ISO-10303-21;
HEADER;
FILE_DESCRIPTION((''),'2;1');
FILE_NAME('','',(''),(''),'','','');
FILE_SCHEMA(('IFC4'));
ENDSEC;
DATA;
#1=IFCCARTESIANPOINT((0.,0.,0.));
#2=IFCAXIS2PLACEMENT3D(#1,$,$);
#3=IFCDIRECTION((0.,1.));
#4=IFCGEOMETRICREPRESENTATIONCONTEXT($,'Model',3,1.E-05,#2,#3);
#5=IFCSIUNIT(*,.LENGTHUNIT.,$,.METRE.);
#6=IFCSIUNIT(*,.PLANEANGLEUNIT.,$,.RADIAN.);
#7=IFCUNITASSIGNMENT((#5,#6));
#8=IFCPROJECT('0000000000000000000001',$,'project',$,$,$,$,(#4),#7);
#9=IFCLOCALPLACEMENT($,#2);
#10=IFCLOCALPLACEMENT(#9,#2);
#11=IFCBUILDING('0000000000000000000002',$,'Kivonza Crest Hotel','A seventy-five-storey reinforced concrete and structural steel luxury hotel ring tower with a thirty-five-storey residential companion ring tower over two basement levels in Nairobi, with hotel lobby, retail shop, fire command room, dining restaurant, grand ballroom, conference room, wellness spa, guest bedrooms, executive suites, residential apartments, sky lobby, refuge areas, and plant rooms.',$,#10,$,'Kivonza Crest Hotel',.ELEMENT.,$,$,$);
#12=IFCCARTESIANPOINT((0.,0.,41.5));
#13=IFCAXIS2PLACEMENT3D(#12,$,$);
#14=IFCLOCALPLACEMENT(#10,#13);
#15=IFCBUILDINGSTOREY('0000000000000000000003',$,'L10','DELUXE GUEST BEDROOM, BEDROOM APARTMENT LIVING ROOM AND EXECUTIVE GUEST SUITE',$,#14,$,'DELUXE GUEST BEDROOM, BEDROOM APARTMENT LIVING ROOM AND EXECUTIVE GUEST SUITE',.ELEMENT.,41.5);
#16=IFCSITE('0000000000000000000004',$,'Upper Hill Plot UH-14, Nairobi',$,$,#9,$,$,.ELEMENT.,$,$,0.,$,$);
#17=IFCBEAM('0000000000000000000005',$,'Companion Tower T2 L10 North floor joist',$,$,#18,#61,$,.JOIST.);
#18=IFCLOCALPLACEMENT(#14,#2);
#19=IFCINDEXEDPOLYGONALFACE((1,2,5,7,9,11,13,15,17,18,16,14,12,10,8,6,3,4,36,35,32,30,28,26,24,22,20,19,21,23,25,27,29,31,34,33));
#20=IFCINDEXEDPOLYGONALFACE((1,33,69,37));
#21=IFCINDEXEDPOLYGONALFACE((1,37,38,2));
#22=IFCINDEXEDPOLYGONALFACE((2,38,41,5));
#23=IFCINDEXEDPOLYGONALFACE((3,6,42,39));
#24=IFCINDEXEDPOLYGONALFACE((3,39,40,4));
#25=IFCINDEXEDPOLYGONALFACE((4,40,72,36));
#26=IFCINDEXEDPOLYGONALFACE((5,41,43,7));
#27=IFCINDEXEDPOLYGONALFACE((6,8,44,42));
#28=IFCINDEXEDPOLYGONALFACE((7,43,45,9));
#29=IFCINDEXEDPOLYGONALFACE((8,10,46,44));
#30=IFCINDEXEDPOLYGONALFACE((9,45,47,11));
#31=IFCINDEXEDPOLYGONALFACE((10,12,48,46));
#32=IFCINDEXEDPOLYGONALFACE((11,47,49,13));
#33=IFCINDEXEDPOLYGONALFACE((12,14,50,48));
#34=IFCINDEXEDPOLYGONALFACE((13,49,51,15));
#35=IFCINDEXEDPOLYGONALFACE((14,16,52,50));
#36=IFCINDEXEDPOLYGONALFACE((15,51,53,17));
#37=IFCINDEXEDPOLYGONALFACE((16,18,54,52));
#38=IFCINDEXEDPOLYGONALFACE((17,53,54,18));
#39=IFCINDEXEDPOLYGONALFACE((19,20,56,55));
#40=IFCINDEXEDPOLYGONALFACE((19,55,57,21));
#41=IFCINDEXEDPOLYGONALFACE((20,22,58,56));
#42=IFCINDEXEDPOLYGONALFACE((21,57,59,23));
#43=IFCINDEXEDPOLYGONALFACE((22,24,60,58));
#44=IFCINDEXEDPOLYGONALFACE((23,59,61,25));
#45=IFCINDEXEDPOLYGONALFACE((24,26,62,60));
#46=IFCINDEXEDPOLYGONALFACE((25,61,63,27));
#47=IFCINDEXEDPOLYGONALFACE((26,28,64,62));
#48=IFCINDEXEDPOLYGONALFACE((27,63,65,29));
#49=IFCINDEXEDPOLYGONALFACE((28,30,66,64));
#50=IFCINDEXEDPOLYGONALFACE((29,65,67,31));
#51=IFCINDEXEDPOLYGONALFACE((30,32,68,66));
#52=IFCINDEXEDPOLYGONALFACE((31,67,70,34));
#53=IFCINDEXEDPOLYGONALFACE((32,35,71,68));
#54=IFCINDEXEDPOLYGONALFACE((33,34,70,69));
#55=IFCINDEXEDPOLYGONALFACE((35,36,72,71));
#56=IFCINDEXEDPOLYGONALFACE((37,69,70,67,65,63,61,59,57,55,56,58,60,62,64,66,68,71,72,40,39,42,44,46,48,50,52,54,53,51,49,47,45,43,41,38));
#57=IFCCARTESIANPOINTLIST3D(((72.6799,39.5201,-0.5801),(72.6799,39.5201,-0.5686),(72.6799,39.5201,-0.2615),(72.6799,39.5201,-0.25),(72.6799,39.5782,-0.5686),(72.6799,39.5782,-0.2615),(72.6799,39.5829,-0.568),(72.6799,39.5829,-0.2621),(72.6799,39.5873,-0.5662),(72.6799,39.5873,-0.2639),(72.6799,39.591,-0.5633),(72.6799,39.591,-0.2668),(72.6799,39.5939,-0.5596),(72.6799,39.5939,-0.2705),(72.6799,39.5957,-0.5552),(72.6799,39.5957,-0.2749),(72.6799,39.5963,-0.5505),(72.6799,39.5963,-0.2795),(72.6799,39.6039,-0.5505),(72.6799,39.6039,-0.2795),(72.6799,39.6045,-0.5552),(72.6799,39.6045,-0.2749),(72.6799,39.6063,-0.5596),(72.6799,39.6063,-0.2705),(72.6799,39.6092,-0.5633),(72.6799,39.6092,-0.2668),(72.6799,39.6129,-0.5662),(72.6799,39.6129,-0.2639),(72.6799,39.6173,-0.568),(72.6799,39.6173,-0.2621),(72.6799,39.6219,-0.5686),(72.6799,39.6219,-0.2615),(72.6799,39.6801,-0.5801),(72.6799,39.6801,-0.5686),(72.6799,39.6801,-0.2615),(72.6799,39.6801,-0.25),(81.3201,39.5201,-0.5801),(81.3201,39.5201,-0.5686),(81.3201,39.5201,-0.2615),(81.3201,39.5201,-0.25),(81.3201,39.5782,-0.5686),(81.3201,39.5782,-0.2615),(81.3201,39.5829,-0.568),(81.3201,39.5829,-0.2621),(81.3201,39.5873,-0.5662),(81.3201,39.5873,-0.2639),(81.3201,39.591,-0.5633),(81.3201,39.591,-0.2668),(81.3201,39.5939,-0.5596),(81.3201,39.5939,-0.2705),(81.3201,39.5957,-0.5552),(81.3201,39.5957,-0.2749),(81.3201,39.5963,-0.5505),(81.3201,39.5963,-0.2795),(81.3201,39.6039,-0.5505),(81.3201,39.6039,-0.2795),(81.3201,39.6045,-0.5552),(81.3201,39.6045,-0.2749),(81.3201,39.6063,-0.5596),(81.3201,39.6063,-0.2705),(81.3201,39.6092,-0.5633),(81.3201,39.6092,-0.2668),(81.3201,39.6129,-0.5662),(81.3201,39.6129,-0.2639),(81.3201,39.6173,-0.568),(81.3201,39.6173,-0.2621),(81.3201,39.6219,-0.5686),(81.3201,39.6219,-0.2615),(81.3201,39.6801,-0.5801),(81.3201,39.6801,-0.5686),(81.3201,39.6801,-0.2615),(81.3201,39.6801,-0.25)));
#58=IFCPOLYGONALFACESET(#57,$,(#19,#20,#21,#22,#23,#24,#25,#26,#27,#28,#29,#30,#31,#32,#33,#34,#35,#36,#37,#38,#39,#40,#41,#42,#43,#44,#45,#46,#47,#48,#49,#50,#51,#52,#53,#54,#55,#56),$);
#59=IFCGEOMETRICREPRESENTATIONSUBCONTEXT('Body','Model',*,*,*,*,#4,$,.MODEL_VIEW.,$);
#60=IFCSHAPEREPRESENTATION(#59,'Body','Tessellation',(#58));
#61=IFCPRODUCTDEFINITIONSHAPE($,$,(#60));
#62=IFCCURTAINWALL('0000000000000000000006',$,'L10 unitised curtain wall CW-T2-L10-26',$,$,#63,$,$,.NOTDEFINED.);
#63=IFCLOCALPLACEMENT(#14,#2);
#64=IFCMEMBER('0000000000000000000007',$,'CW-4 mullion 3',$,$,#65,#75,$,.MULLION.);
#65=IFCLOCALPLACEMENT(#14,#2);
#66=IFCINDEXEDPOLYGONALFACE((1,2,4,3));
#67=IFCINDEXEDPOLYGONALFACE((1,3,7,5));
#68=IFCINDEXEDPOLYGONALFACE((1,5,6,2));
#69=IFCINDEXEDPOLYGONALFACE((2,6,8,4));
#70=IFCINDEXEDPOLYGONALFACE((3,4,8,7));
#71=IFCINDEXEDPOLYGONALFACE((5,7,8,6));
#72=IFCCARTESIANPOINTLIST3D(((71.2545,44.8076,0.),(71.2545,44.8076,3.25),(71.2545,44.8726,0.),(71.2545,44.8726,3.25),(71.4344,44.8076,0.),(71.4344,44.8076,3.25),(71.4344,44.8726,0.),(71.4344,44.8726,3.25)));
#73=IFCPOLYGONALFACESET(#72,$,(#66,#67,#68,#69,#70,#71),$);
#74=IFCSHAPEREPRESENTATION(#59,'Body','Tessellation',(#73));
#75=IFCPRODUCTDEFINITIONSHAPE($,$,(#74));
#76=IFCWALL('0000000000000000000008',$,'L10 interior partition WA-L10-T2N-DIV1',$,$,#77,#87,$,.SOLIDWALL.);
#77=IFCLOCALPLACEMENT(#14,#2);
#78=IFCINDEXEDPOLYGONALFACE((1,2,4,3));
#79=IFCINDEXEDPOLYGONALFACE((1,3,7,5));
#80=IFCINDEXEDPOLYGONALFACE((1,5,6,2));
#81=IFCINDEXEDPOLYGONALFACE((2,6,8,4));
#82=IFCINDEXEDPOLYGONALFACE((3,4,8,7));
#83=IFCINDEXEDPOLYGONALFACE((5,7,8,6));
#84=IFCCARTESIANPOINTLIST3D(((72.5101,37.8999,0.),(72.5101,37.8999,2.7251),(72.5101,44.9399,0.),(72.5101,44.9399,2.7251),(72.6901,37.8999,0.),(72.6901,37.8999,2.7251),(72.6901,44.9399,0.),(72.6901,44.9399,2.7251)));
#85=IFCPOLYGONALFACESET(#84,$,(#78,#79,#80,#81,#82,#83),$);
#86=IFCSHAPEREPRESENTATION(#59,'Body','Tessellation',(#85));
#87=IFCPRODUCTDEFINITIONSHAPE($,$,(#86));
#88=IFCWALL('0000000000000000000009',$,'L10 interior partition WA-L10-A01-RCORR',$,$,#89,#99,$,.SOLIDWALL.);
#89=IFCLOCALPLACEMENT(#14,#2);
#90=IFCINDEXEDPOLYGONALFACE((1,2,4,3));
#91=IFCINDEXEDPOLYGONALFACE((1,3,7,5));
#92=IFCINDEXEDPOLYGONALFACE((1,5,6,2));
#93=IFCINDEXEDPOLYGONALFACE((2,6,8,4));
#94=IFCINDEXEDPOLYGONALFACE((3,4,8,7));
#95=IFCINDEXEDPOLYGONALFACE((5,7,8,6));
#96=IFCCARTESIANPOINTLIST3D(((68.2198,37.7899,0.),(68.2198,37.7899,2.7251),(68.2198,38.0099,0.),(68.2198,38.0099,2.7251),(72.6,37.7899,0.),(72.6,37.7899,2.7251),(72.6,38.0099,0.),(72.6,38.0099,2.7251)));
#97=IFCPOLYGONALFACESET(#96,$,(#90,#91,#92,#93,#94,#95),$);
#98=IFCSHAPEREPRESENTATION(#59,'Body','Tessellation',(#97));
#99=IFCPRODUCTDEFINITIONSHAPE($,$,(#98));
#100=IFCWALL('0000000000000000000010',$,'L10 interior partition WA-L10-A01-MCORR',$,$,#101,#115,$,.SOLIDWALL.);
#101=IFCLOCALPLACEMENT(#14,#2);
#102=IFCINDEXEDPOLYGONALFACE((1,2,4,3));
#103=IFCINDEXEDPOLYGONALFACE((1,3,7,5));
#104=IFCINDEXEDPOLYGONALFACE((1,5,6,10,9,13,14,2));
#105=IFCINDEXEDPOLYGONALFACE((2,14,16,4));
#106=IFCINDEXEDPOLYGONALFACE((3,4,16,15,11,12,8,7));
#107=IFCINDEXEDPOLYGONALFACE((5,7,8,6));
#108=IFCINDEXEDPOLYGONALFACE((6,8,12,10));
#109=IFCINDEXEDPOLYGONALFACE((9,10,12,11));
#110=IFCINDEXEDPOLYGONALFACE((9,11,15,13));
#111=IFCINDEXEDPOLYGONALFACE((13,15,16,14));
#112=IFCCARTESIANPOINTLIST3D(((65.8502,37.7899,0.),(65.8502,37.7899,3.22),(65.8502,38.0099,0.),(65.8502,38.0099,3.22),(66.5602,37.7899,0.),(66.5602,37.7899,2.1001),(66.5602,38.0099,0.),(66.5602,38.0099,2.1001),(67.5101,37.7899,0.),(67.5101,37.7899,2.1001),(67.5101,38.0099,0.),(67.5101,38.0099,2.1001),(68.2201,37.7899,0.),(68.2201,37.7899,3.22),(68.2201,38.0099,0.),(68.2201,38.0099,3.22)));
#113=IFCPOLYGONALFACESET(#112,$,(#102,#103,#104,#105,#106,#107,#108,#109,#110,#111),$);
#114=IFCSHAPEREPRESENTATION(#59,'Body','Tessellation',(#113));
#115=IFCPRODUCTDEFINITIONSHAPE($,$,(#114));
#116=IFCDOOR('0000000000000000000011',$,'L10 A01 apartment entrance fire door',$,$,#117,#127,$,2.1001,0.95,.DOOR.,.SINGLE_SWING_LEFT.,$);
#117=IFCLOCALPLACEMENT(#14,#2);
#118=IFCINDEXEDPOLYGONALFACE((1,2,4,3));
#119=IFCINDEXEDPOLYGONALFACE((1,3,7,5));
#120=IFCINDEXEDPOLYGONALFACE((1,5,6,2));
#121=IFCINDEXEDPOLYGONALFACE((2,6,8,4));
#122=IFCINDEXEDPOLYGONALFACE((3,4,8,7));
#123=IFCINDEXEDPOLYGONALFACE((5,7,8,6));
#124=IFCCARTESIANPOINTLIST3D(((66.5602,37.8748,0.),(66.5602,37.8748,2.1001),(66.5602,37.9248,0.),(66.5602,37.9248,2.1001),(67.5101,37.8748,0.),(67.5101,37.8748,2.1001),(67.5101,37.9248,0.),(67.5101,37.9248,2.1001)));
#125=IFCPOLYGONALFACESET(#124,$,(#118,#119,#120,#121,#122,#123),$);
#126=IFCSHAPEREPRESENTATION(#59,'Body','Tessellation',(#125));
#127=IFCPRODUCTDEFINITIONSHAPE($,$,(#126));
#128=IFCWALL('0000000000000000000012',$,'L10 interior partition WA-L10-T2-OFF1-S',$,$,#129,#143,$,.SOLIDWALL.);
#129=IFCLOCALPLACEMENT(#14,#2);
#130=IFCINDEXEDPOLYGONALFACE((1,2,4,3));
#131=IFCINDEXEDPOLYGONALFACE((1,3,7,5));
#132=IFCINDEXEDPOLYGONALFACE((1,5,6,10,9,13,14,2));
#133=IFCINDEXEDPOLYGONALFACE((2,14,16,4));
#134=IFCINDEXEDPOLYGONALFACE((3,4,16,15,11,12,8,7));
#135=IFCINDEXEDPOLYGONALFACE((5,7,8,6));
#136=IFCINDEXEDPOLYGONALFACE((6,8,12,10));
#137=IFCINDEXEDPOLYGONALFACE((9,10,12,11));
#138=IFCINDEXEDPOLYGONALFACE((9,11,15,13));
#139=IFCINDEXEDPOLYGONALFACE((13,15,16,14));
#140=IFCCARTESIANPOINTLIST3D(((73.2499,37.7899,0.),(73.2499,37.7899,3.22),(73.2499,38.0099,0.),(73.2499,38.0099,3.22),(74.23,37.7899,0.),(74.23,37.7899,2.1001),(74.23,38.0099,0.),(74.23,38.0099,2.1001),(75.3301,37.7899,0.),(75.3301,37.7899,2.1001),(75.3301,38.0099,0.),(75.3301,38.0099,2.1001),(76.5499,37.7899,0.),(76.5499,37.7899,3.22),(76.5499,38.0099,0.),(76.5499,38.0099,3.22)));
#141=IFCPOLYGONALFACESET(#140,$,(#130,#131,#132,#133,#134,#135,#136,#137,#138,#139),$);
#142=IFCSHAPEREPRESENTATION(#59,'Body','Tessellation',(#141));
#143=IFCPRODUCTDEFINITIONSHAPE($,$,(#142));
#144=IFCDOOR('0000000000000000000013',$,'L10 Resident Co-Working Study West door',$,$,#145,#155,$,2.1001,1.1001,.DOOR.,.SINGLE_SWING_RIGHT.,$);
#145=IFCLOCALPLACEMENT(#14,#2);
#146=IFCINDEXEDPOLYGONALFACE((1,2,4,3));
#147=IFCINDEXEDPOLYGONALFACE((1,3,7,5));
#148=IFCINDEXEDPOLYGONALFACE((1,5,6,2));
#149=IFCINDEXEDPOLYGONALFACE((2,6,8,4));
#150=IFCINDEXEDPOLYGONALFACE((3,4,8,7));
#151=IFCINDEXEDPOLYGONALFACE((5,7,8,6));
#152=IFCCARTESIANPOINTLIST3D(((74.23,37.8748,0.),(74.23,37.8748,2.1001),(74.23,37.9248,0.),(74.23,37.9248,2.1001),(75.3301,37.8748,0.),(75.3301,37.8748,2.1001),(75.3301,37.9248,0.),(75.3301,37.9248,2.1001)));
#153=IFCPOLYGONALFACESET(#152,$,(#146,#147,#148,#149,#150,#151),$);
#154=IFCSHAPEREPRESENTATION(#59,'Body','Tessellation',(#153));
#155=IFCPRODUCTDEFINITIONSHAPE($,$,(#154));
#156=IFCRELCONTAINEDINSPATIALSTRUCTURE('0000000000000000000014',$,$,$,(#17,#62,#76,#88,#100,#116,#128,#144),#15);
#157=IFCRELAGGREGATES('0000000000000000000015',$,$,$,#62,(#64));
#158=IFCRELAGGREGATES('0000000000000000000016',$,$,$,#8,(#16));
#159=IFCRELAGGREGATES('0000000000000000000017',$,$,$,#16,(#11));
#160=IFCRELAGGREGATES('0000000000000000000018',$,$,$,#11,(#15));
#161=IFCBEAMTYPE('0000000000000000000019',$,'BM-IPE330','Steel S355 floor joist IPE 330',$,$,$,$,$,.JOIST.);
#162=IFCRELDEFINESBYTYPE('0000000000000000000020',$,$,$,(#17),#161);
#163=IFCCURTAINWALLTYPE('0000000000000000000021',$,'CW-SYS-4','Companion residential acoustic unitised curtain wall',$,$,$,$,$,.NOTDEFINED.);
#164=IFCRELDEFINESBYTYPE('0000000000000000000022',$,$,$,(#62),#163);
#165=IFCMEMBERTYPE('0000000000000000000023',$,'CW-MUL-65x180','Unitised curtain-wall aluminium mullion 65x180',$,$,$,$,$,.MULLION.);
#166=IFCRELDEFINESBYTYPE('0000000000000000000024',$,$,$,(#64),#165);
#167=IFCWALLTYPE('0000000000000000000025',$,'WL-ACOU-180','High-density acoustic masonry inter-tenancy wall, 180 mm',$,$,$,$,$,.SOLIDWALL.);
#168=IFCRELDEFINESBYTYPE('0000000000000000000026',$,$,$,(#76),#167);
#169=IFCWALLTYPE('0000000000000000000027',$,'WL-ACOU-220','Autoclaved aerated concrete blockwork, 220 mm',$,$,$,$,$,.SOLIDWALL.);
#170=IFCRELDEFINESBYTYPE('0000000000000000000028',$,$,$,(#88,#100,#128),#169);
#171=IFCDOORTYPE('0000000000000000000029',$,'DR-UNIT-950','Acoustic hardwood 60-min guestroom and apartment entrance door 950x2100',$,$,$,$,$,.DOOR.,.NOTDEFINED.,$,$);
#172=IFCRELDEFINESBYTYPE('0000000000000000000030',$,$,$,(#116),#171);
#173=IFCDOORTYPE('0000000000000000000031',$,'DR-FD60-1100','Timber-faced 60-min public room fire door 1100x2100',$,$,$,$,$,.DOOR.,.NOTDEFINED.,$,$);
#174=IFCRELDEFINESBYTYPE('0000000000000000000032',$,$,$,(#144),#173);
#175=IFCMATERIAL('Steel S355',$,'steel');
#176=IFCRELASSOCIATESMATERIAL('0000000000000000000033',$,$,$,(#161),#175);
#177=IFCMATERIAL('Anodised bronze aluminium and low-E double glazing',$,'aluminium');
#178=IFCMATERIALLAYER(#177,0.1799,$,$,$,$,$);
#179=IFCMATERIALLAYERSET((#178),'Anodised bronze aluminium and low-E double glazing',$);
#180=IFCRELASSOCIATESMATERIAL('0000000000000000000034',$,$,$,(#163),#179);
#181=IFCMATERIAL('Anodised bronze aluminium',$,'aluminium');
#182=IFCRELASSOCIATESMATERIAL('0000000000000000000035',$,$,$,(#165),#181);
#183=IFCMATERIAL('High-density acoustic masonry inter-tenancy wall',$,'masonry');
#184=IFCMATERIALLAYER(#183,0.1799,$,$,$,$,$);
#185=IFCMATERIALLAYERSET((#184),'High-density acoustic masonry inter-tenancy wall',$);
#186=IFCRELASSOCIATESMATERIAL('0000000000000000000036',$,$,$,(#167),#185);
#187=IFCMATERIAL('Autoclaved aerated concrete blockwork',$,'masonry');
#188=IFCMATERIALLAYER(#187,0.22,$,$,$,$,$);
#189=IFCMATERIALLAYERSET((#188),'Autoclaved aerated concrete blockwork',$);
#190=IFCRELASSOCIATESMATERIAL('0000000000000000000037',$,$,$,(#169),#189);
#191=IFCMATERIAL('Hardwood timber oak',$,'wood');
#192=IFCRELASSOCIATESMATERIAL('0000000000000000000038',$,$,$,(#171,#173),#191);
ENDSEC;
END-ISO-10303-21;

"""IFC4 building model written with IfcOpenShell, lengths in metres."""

from ifc_helpers import new_model, si_unit, direction, frame, frame_2d, origin, origin_2d, place, context, subcontext, project, spatial, rectangle, i_section, extrude, material, layer, layer_set, material_profile, profile_set, type_object, element, fill, aggregate, save


model = new_model("IFC4")

# Units and contexts
model_context = context("Model", 3, precision=1e-05, world=origin(), true_north=direction((0.0, 1.0)))
body_context = subcontext(model_context, "Body", "Model", "MODEL_VIEW")
ifc_project = project(units=[si_unit("LENGTHUNIT", "METRE"), si_unit("PLANEANGLEUNIT", "RADIAN")], contexts=[model_context])

# Site, building, storey
site_placement = place(None, origin())
site = spatial("IfcSite", under=ifc_project, at=site_placement, Name="Upper Hill Plot UH-14, Nairobi", CompositionType="ELEMENT", RefElevation=0.0)
building_placement = place(site_placement, origin())
building = spatial("IfcBuilding", under=site, at=building_placement, Name="Kivonza Crest Hotel", Description="A seventy-five-storey reinforced concrete and structural steel luxury hotel ring tower with a thirty-five-storey residential companion ring tower over two basement levels in Nairobi, with hotel lobby, retail shop, fire command room, dining restaurant, grand ballroom, conference room, wellness spa, guest bedrooms, executive suites, residential apartments, sky lobby, refuge areas, and plant rooms.", LongName="Kivonza Crest Hotel", CompositionType="ELEMENT")
storey_placement = place(building_placement, frame((0.0, 0.0, 41.5)))
storey = spatial("IfcBuildingStorey", under=building, at=storey_placement, Name="L10", Description="DELUXE GUEST BEDROOM, BEDROOM APARTMENT LIVING ROOM AND EXECUTIVE GUEST SUITE", LongName="DELUXE GUEST BEDROOM, BEDROOM APARTMENT LIVING ROOM AND EXECUTIVE GUEST SUITE", CompositionType="ELEMENT", Elevation=41.5)

# Beam
ifc_material_1 = material(Name="Steel S355", Category="steel")
ifc_material_profile_1 = material_profile(ifc_material_1, i_section(OverallWidth=0.1599, OverallDepth=0.3301, WebThickness=0.0076, FlangeThickness=0.0115, FilletRadius=0.0181, at=origin_2d()), Name="IPE 330")
ifc_profile_set_1 = profile_set([ifc_material_profile_1], Name="Steel S355")
beam_type_1 = type_object("IfcBeamType", Name="BM-IPE330", Description="Steel S355 floor joist IPE 330", PredefinedType="JOIST", material=ifc_profile_set_1)
beam_1_placement = place(storey_placement, frame((72.6799, 39.6001, -0.415), z_axis=(1.0, 0.0, 0.0), x_axis=(0.0, 1.0, 0.0)))
element("IfcBeam", 1, at=beam_1_placement, inside=storey, type_object=beam_type_1, Name="Companion Tower T2 L10 North floor joist", PredefinedType="JOIST", context=body_context, shape_type="SweptSolid", body=[
    extrude(i_section(OverallWidth=0.1599, OverallDepth=0.3301, WebThickness=0.0076, FlangeThickness=0.0115, FilletRadius=0.0181, at=origin_2d()), origin(), (0.0, 0.0, 1.0), 8.6401),
])

# Curtain wall, member
ifc_material_2 = material(Name="Anodised bronze aluminium and low-E double glazing", Category="aluminium")
ifc_layer_1 = layer(ifc_material_2, 0.1799)
ifc_layer_set_1 = layer_set([ifc_layer_1], Name="Anodised bronze aluminium and low-E double glazing")
curtain_wall_type = type_object("IfcCurtainWallType", Name="CW-SYS-4", Description="Companion residential acoustic unitised curtain wall", PredefinedType="NOTDEFINED", material=ifc_layer_set_1)
curtain_wall_placement = place(storey_placement, origin())
curtain_wall = element("IfcCurtainWall", 2, at=curtain_wall_placement, inside=storey, type_object=curtain_wall_type, Name="L10 unitised curtain wall CW-T2-L10-26", PredefinedType="NOTDEFINED")
ifc_material_3 = material(Name="Anodised bronze aluminium", Category="aluminium")
ifc_material_profile_2 = material_profile(ifc_material_3, rectangle(XDim=0.0649, YDim=0.1799, at=origin_2d()), Name="CW-M 65x180")
ifc_profile_set_2 = profile_set([ifc_material_profile_2], Name="Anodised bronze aluminium")
member_type = type_object("IfcMemberType", Name="CW-MUL-65x180", Description="Unitised curtain-wall aluminium mullion 65x180", PredefinedType="MULLION", material=ifc_profile_set_2)
member_placement = place(storey_placement, frame((71.3445, 44.8401, 0.0), z_axis=(0.0, 0.0, 1.0), x_axis=(0.0, -1.0, 0.0)))
member = element("IfcMember", 3, at=member_placement, type_object=member_type, Name="CW-4 mullion 3", PredefinedType="MULLION", context=body_context, shape_type="SweptSolid", body=[
    extrude(rectangle(XDim=0.0649, YDim=0.1799, at=origin_2d()), origin(), (0.0, 0.0, 1.0), 3.25),
])
aggregate(curtain_wall, [member])

# Walls
ifc_material_4 = material(Name="High-density acoustic masonry inter-tenancy wall", Category="masonry")
ifc_layer_2 = layer(ifc_material_4, 0.1799)
ifc_layer_set_2 = layer_set([ifc_layer_2], Name="High-density acoustic masonry inter-tenancy wall")
wall_type_1 = type_object("IfcWallType", Name="WL-ACOU-180", Description="High-density acoustic masonry inter-tenancy wall, 180 mm", PredefinedType="SOLIDWALL", material=ifc_layer_set_2)
wall_1_placement = place(storey_placement, frame((72.6001, 37.8999, 0.0), z_axis=(0.0, 0.0, 1.0), x_axis=(0.0, 1.0, 0.0)))
element("IfcWall", 4, at=wall_1_placement, inside=storey, type_object=wall_type_1, Name="L10 interior partition WA-L10-T2N-DIV1", PredefinedType="SOLIDWALL", context=body_context, shape_type="SweptSolid", body=[
    extrude(rectangle(XDim=7.04, YDim=0.1799, at=frame_2d((3.52, 0.0))), origin(), (0.0, 0.0, 1.0), 2.7251),
])
ifc_material_5 = material(Name="Autoclaved aerated concrete blockwork", Category="masonry")
ifc_layer_3 = layer(ifc_material_5, 0.22)
ifc_layer_set_3 = layer_set([ifc_layer_3], Name="Autoclaved aerated concrete blockwork")
wall_type_2 = type_object("IfcWallType", Name="WL-ACOU-220", Description="Autoclaved aerated concrete blockwork, 220 mm", PredefinedType="SOLIDWALL", material=ifc_layer_set_3)
wall_2_placement = place(storey_placement, frame((68.22, 37.8999, 0.0), z_axis=(0.0, 0.0, 1.0), x_axis=(1.0, 0.0, 0.0)))
element("IfcWall", 5, at=wall_2_placement, inside=storey, type_object=wall_type_2, Name="L10 interior partition WA-L10-A01-RCORR", PredefinedType="SOLIDWALL", context=body_context, shape_type="SweptSolid", body=[
    extrude(rectangle(XDim=4.3801, YDim=0.22, at=frame_2d((2.1899, 0.0))), origin(), (0.0, 0.0, 1.0), 2.7251),
])

# Walls, openings, doors
wall_3_placement = place(storey_placement, frame((65.8501, 37.8999, 0.0), z_axis=(0.0, 0.0, 1.0), x_axis=(1.0, 0.0, 0.0)))
wall_3 = element("IfcWall", 6, at=wall_3_placement, inside=storey, type_object=wall_type_2, Name="L10 interior partition WA-L10-A01-MCORR", PredefinedType="SOLIDWALL", context=body_context, shape_type="SweptSolid", body=[
    extrude(rectangle(XDim=2.3699, YDim=0.22, at=frame_2d((1.1851, 0.0))), origin(), (0.0, 0.0, 1.0), 3.22),
])
opening_1_placement = place(wall_3_placement, frame((0.71, 0.0, 0.0)))
opening_1 = element("IfcOpeningElement", 7, at=opening_1_placement, cuts=wall_3, PredefinedType="OPENING", context=body_context, shape_type="SweptSolid", body=[
    extrude(rectangle(XDim=0.95, YDim=2.1001, at=frame_2d((0.4751, 1.05))), frame((0.0, 0.1201, 0.0), z_axis=(0.0, -1.0, 0.0), x_axis=(1.0, 0.0, 0.0)), (0.0, 0.0, 1.0), 0.24),
])
ifc_material_6 = material(Name="Hardwood timber oak", Category="wood")
door_type_1 = type_object("IfcDoorType", Name="DR-UNIT-950", Description="Acoustic hardwood 60-min guestroom and apartment entrance door 950x2100", OperationType="NOTDEFINED", PredefinedType="DOOR", material=ifc_material_6)
door_1_placement = place(opening_1_placement, origin())
door_1 = element("IfcDoor", 8, at=door_1_placement, inside=storey, type_object=door_type_1, Name="L10 A01 apartment entrance fire door", OperationType="SINGLE_SWING_LEFT", OverallHeight=2.1001, OverallWidth=0.95, PredefinedType="DOOR", context=body_context, shape_type="SweptSolid", body=[
    extrude(rectangle(XDim=0.95, YDim=2.1001, at=frame_2d((0.4751, 1.05))), frame((0.0, 0.0249, 0.0), z_axis=(0.0, -1.0, 0.0), x_axis=(1.0, 0.0, 0.0)), (0.0, 0.0, 1.0), 0.05),
])
fill(opening_1, door_1)
wall_4_placement = place(storey_placement, frame((73.25, 37.8999, 0.0), z_axis=(0.0, 0.0, 1.0), x_axis=(1.0, 0.0, 0.0)))
wall_4 = element("IfcWall", 9, at=wall_4_placement, inside=storey, type_object=wall_type_2, Name="L10 interior partition WA-L10-T2-OFF1-S", PredefinedType="SOLIDWALL", context=body_context, shape_type="SweptSolid", body=[
    extrude(rectangle(XDim=3.3, YDim=0.22, at=frame_2d((1.6499, 0.0))), origin(), (0.0, 0.0, 1.0), 3.22),
])
opening_2_placement = place(wall_4_placement, frame((0.98, 0.0, 0.0)))
opening_2 = element("IfcOpeningElement", 10, at=opening_2_placement, cuts=wall_4, PredefinedType="OPENING", context=body_context, shape_type="SweptSolid", body=[
    extrude(rectangle(XDim=1.1001, YDim=2.1001, at=frame_2d((0.55, 1.05))), frame((0.0, 0.1201, 0.0), z_axis=(0.0, -1.0, 0.0), x_axis=(1.0, 0.0, 0.0)), (0.0, 0.0, 1.0), 0.24),
])
door_type_2 = type_object("IfcDoorType", Name="DR-FD60-1100", Description="Timber-faced 60-min public room fire door 1100x2100", OperationType="NOTDEFINED", PredefinedType="DOOR", material=ifc_material_6)
door_2_placement = place(opening_2_placement, origin())
door_2 = element("IfcDoor", 11, at=door_2_placement, inside=storey, type_object=door_type_2, Name="L10 Resident Co-Working Study West door", OperationType="SINGLE_SWING_RIGHT", OverallHeight=2.1001, OverallWidth=1.1001, PredefinedType="DOOR", context=body_context, shape_type="SweptSolid", body=[
    extrude(rectangle(XDim=1.1001, YDim=2.1001, at=frame_2d((0.55, 1.05))), frame((0.0, 0.0249, 0.0), z_axis=(0.0, -1.0, 0.0), x_axis=(1.0, 0.0, 0.0)), (0.0, 0.0, 1.0), 0.05),
])
fill(opening_2, door_2)

save(model, "model.ifc")
